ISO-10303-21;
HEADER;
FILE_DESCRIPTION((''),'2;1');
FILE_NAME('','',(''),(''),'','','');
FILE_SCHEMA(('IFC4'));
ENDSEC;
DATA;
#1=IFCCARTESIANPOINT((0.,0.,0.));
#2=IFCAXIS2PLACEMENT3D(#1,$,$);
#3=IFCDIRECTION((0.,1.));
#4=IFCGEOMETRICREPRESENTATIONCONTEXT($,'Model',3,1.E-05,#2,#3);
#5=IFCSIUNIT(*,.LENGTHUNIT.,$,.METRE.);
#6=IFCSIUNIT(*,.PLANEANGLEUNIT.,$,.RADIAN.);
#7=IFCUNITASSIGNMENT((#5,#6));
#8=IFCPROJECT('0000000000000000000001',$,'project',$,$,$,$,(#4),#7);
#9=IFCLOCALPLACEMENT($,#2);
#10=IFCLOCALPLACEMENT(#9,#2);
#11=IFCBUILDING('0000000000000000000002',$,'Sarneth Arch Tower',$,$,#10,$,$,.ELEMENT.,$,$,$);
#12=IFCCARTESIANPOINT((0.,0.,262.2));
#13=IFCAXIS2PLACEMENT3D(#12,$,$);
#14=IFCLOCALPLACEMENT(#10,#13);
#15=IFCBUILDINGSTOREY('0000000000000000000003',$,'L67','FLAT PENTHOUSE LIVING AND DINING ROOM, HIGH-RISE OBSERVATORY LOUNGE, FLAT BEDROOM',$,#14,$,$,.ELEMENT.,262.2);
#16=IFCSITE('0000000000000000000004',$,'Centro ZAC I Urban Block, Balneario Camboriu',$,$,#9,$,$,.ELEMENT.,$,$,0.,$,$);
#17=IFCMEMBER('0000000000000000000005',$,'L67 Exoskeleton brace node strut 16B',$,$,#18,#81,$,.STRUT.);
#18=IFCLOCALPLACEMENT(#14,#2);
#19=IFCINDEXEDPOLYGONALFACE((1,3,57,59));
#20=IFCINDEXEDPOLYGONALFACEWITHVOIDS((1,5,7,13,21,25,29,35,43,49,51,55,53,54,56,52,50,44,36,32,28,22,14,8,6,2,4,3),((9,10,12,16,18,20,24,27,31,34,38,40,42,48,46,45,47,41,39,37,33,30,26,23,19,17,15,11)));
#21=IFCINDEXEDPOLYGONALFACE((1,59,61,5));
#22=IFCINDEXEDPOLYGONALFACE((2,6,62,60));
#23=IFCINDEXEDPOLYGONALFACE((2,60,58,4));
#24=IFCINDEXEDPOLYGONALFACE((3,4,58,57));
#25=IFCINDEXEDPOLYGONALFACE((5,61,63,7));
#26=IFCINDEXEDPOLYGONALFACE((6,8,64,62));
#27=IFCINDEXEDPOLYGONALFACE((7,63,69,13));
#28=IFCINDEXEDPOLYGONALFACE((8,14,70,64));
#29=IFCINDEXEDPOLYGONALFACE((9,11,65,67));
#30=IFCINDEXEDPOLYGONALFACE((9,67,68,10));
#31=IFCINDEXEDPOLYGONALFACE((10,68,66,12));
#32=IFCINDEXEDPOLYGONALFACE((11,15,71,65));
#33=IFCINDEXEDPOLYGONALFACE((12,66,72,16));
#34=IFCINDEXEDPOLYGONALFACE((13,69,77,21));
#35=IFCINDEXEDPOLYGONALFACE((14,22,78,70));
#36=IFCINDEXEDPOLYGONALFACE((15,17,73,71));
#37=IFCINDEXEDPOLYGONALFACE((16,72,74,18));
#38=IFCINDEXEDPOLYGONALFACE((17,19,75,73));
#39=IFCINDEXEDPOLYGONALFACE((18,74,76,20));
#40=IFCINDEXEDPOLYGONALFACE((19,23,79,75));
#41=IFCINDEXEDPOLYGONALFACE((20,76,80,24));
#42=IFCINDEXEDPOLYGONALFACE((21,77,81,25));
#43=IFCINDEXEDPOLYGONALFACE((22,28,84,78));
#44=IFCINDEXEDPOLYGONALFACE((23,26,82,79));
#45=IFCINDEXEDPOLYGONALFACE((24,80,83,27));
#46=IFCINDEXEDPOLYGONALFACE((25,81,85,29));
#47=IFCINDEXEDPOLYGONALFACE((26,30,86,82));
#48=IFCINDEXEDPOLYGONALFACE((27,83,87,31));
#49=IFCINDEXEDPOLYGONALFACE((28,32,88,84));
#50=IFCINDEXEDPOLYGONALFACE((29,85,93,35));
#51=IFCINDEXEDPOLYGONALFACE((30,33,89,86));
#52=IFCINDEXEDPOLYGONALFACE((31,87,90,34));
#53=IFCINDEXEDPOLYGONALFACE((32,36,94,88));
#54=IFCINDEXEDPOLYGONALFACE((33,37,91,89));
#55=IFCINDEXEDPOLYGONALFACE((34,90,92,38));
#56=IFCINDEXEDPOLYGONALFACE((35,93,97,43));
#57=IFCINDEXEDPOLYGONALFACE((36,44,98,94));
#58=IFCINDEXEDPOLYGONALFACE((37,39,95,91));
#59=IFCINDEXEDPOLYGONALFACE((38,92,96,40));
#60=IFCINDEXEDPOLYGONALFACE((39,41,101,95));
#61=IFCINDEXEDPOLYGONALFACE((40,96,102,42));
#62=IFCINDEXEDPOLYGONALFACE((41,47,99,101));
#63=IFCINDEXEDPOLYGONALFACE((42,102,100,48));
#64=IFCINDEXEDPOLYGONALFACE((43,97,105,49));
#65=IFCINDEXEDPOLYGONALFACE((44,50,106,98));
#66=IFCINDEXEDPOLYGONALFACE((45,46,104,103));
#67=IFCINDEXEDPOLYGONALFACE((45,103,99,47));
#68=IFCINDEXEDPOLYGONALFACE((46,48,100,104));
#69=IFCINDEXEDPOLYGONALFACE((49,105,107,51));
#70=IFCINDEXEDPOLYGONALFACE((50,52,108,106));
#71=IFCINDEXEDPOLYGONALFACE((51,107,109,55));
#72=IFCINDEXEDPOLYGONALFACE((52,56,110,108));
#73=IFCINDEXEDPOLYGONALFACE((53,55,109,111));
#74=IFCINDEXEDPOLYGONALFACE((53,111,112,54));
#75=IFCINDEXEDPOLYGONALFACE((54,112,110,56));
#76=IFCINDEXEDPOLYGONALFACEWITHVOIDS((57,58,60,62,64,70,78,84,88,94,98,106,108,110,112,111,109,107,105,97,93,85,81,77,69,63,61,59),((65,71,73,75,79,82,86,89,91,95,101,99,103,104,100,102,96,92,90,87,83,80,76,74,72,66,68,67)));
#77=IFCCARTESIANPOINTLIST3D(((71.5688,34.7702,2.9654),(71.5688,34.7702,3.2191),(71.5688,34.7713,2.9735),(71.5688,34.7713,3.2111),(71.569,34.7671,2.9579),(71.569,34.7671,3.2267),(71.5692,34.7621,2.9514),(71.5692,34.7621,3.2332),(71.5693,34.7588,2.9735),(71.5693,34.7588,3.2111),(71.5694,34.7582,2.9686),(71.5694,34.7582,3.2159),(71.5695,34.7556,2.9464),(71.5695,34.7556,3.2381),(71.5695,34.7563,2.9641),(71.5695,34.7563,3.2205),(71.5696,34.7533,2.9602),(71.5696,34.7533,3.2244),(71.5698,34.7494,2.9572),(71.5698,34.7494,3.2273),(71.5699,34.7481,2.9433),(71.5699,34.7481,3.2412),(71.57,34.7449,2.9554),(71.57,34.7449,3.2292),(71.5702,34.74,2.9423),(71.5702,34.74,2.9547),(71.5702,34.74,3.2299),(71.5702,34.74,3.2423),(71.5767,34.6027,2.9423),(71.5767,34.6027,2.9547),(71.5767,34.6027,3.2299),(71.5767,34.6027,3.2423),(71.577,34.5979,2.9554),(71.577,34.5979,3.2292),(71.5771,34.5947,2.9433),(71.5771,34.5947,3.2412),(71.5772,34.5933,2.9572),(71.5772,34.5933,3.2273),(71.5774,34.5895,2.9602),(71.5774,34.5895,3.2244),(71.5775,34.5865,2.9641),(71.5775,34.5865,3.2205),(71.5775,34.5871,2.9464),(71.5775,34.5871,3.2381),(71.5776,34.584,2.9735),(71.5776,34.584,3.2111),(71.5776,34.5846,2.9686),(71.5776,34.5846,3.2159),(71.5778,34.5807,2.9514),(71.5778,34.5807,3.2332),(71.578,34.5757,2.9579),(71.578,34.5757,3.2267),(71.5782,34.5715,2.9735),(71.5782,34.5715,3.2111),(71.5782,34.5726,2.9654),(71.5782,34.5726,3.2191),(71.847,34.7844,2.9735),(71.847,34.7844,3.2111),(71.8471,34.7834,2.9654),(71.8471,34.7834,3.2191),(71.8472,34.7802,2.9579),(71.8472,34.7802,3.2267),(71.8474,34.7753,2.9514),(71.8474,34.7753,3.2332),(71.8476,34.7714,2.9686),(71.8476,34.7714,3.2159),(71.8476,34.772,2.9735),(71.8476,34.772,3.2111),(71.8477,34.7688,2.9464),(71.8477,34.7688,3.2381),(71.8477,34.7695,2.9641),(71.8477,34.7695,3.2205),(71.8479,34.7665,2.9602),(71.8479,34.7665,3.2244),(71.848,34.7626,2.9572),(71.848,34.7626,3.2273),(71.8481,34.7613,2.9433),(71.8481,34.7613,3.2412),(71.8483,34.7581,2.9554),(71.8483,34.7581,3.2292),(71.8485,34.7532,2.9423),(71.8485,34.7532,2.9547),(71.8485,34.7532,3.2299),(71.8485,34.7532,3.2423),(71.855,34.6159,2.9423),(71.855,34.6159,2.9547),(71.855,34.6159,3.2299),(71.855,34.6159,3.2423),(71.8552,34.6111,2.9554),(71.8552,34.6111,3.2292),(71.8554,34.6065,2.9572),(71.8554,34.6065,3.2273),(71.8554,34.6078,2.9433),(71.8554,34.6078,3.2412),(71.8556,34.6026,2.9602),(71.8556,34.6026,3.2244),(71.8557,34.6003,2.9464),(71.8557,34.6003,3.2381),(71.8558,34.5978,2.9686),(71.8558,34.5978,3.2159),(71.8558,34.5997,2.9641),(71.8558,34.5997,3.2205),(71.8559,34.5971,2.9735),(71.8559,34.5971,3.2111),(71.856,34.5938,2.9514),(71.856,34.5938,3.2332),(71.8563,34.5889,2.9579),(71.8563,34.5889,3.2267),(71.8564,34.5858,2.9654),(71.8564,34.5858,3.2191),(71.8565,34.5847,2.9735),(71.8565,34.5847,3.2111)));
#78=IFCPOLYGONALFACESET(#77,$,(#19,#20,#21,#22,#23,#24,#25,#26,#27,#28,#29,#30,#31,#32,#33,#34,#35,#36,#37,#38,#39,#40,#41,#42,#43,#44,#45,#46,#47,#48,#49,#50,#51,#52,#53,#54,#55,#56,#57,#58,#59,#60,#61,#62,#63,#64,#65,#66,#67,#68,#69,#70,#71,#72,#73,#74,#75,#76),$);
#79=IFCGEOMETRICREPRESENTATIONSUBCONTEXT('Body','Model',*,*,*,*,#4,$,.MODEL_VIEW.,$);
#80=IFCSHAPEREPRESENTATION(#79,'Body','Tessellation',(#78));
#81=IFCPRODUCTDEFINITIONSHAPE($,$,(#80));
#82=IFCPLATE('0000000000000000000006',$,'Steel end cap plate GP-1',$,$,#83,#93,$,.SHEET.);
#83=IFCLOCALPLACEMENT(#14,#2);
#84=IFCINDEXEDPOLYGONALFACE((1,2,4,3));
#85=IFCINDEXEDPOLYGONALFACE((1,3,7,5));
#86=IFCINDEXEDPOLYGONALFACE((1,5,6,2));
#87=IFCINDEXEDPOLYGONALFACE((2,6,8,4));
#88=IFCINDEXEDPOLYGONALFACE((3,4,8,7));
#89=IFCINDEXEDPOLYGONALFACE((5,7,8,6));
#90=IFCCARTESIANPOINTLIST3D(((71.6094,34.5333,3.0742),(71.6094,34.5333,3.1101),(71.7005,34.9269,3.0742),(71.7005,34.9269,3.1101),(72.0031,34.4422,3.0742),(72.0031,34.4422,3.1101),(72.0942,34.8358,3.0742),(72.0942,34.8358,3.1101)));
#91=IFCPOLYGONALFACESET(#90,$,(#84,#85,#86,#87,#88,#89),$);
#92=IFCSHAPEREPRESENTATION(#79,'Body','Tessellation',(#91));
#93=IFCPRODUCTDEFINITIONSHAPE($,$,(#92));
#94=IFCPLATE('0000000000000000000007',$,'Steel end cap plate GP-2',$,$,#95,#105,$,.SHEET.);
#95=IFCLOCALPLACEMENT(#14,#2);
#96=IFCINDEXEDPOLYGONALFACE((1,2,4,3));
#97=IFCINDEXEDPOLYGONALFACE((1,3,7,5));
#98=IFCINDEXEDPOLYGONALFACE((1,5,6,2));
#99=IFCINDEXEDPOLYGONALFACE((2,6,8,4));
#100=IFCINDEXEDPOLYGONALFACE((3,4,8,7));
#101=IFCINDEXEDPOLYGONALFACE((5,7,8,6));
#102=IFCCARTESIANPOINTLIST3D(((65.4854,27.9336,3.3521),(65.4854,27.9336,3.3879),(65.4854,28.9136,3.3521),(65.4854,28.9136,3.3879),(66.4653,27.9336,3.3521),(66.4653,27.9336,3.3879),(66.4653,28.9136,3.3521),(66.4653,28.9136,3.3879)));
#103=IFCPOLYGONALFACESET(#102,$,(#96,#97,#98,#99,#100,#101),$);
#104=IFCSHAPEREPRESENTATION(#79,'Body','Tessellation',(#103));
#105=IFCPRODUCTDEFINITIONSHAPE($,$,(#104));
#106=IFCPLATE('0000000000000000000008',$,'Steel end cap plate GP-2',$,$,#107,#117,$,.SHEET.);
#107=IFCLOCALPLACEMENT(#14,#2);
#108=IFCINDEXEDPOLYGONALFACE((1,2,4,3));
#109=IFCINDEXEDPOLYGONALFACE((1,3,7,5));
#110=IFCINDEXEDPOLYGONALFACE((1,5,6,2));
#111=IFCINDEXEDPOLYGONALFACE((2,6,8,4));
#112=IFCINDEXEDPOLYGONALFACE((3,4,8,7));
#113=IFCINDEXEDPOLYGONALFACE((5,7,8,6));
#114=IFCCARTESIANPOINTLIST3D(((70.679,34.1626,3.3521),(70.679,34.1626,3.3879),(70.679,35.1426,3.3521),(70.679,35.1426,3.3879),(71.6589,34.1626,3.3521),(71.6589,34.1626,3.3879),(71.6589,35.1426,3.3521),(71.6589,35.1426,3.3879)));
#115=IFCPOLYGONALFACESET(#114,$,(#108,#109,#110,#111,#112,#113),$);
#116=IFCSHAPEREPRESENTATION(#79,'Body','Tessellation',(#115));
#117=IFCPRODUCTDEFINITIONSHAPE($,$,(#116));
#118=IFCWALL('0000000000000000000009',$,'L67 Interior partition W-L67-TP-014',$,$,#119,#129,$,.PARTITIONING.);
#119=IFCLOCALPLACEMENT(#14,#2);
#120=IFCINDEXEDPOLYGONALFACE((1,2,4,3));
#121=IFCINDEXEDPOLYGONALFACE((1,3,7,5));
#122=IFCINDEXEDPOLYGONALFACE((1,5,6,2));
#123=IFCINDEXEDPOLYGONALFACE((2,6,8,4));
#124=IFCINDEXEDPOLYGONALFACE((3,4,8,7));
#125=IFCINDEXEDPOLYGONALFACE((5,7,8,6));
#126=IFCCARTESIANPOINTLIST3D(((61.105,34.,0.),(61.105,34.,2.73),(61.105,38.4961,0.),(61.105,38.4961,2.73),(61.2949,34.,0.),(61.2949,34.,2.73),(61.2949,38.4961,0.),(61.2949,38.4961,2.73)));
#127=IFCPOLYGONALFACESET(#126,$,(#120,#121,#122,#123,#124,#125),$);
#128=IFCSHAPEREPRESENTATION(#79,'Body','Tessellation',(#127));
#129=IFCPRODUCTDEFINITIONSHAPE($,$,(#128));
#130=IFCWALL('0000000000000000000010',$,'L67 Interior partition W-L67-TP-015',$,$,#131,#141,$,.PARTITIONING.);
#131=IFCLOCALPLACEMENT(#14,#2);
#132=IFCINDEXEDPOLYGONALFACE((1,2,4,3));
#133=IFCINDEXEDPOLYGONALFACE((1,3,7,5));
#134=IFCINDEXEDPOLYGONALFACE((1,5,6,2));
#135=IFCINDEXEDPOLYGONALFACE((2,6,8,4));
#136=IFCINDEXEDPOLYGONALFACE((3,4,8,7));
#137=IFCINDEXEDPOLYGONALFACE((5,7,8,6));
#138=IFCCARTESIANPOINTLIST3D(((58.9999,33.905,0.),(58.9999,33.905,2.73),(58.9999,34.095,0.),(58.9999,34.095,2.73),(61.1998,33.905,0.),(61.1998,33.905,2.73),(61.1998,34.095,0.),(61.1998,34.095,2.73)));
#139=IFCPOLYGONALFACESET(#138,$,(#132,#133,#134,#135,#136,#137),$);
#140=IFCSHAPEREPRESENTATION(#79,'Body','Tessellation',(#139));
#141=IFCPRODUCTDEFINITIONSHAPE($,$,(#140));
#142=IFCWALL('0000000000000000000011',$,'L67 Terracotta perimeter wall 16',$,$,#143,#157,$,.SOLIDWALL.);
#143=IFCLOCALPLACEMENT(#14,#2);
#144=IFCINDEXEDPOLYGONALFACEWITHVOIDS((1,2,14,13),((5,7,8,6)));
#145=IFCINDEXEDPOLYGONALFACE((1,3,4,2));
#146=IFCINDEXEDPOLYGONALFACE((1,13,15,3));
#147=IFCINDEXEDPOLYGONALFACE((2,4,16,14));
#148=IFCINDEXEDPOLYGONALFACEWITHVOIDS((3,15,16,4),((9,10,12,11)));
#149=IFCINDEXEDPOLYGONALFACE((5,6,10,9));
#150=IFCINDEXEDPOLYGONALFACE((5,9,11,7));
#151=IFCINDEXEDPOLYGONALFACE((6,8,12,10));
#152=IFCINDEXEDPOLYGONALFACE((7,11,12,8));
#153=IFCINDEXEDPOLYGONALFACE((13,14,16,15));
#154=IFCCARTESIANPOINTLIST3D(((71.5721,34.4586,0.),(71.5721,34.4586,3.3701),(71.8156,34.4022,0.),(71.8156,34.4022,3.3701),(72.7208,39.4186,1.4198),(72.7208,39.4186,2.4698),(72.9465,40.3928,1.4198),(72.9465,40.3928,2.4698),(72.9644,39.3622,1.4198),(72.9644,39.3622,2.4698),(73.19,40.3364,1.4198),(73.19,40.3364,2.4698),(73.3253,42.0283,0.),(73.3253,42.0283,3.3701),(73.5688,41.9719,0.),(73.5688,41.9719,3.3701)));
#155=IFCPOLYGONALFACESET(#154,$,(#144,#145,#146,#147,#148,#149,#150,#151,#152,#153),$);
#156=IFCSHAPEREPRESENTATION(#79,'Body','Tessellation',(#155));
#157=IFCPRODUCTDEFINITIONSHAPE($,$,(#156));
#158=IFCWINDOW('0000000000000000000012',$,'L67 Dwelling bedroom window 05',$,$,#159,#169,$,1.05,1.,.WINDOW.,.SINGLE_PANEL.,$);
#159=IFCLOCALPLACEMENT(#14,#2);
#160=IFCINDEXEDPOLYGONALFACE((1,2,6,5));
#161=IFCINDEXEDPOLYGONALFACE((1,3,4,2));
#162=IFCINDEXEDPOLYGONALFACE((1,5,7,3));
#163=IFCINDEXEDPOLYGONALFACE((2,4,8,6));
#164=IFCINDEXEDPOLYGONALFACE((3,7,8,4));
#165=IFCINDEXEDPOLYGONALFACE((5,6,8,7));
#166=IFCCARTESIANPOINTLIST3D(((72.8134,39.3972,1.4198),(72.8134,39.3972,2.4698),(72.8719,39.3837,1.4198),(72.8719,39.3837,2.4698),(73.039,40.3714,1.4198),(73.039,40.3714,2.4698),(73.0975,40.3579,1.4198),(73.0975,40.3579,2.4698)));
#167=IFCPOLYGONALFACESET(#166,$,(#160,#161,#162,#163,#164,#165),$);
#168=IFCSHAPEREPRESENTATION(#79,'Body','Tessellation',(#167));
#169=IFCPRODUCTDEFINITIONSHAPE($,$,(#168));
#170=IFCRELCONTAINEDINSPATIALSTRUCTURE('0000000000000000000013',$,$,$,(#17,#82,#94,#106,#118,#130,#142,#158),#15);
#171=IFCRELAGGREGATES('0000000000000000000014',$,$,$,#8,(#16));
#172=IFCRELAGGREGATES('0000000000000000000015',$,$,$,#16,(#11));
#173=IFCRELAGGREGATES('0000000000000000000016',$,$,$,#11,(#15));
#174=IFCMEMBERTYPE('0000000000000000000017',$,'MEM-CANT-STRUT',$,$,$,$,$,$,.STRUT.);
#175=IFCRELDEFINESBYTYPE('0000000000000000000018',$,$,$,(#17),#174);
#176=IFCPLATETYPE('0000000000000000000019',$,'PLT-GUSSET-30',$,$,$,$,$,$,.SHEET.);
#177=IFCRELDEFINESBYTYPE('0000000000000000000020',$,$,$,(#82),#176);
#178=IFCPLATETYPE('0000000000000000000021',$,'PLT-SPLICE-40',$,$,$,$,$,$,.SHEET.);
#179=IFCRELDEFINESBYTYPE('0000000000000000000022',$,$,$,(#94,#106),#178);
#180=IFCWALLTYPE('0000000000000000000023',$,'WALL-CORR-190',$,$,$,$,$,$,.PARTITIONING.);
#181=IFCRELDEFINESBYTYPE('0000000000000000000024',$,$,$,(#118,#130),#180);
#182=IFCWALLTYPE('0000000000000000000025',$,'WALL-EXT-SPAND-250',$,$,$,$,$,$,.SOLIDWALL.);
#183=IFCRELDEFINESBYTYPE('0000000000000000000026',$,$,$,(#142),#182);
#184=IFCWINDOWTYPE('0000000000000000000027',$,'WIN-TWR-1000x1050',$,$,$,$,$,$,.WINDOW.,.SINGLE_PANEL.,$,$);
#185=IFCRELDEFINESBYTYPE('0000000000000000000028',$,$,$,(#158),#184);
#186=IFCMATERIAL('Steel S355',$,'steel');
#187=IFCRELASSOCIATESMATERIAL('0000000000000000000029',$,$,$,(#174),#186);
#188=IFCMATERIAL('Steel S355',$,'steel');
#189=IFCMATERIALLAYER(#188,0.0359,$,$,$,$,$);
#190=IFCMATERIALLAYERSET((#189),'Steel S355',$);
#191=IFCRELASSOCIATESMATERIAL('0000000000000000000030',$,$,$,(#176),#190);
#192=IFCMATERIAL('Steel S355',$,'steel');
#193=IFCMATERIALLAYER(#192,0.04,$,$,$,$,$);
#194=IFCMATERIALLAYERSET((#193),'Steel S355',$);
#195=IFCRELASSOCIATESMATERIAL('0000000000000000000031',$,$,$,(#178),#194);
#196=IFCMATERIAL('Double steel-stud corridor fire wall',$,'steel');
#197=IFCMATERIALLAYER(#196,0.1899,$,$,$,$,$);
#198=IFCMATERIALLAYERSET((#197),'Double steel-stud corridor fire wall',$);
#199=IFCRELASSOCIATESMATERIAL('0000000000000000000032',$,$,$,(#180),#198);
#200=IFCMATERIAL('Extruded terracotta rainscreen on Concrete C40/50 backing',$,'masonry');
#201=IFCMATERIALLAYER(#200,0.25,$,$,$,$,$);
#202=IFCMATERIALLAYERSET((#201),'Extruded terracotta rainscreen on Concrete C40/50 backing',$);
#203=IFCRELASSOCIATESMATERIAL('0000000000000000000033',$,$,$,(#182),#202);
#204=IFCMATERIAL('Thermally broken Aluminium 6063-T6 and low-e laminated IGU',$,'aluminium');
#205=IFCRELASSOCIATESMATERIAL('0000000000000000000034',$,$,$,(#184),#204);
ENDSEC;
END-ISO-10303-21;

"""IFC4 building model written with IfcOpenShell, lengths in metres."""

from ifc_helpers import new_model, si_unit, direction, frame, frame_2d, origin, origin_2d, place, context, subcontext, project, spatial, rectangle, hollow_rectangle, extrude, material, layer, layer_set, material_profile, profile_set, type_object, element, fill, save


model = new_model("IFC4")

# Units and contexts
model_context = context("Model", 3, precision=1e-05, world=origin(), true_north=direction((0.0, 1.0)))
body_context = subcontext(model_context, "Body", "Model", "MODEL_VIEW")
ifc_project = project(units=[si_unit("LENGTHUNIT", "METRE"), si_unit("PLANEANGLEUNIT", "RADIAN")], contexts=[model_context])

# Site, building, storey
site_placement = place(None, origin())
site = spatial("IfcSite", under=ifc_project, at=site_placement, Name="Centro ZAC I Urban Block, Balneario Camboriu", CompositionType="ELEMENT", RefElevation=0.0)
building_placement = place(site_placement, origin())
building = spatial("IfcBuilding", under=site, at=building_placement, Name="Sarneth Arch Tower", CompositionType="ELEMENT")
storey_placement = place(building_placement, frame((0.0, 0.0, 262.2)))
storey = spatial("IfcBuildingStorey", under=building, at=storey_placement, Name="L67", Description="FLAT PENTHOUSE LIVING AND DINING ROOM, HIGH-RISE OBSERVATORY LOUNGE, FLAT BEDROOM", CompositionType="ELEMENT", Elevation=262.2)

# Member
ifc_material_1 = material(Name="Steel S355", Category="steel")
ifc_material_profile_1 = material_profile(ifc_material_1, hollow_rectangle(XDim=0.2, YDim=0.3, WallThickness=0.0125, InnerFilletRadius=0.0188, OuterFilletRadius=0.0312, at=origin_2d()), Name="RHS300x200x12.5")
ifc_profile_set_1 = profile_set([ifc_material_profile_1], Name="Steel S355")
member_type = type_object("IfcMemberType", Name="MEM-CANT-STRUT", PredefinedType="STRUT", material=ifc_profile_set_1)
member_placement = place(storey_placement, frame((71.5735, 34.6714, 3.0923), z_axis=(0.99888, 0.047315, 0.0), x_axis=(-0.047315, 0.99888, 0.0)))
element("IfcMember", 1, at=member_placement, inside=storey, type_object=member_type, Name="L67 Exoskeleton brace node strut 16B", PredefinedType="STRUT", context=body_context, shape_type="SweptSolid", body=[
    extrude(hollow_rectangle(XDim=0.2, YDim=0.3, WallThickness=0.0125, InnerFilletRadius=0.0188, OuterFilletRadius=0.0312, at=origin_2d()), origin(), (0.0, 0.0, 1.0), 0.2786),
])

# Plates
ifc_material_2 = material(Name="Steel S355", Category="steel")
ifc_layer_1 = layer(ifc_material_2, 0.0359)
ifc_layer_set_1 = layer_set([ifc_layer_1], Name="Steel S355")
plate_type_1 = type_object("IfcPlateType", Name="PLT-GUSSET-30", PredefinedType="SHEET", material=ifc_layer_set_1)
plate_placement = place(storey_placement, frame((71.8518, 34.6846, 3.0742), z_axis=(0.0, 0.0, 1.0), x_axis=(0.225461, 0.974252, 0.0)))
element("IfcPlate", 2, at=plate_placement, inside=storey, type_object=plate_type_1, Name="Steel end cap plate GP-1", PredefinedType="SHEET", context=body_context, shape_type="SweptSolid", body=[
    extrude(rectangle(XDim=0.4041, YDim=0.4041, at=origin_2d()), origin(), (0.0, 0.0, 1.0), 0.0359),
])
ifc_material_3 = material(Name="Steel S355", Category="steel")
ifc_layer_2 = layer(ifc_material_3, 0.04)
ifc_layer_set_2 = layer_set([ifc_layer_2], Name="Steel S355")
plate_type_2 = type_object("IfcPlateType", Name="PLT-SPLICE-40", PredefinedType="SHEET", material=ifc_layer_set_2)
for number, where, z_axis, x_axis, name in (
    (3, (65.9753, 28.4236, 3.3521), (0.0, 0.0, 1.0), (1.0, 0.0, 0.0), "Steel end cap plate GP-2"),
    (4, (71.1689, 34.6526, 3.3521), (0.0, 0.0, 1.0), (1.0, 0.0, 0.0), "Steel end cap plate GP-2"),
):
    element("IfcPlate", number, at=place(storey_placement, frame(where, z_axis=z_axis, x_axis=x_axis)), inside=storey, type_object=plate_type_2, Name=name, PredefinedType="SHEET", context=body_context, shape_type="SweptSolid", body=[
        extrude(rectangle(XDim=0.98, YDim=0.98, at=origin_2d()), origin(), (0.0, 0.0, 1.0), 0.0359),
    ])

# Walls
ifc_material_4 = material(Name="Double steel-stud corridor fire wall", Category="steel")
ifc_layer_3 = layer(ifc_material_4, 0.1899)
ifc_layer_set_3 = layer_set([ifc_layer_3], Name="Double steel-stud corridor fire wall")
wall_type_1 = type_object("IfcWallType", Name="WALL-CORR-190", PredefinedType="PARTITIONING", material=ifc_layer_set_3)
wall_1_placement = place(storey_placement, frame((61.2, 38.4961, 0.0), z_axis=(0.0, 0.0, 1.0), x_axis=(0.0, -1.0, 0.0)))
element("IfcWall", 5, at=wall_1_placement, inside=storey, type_object=wall_type_1, Name="L67 Interior partition W-L67-TP-014", PredefinedType="PARTITIONING", context=body_context, shape_type="SweptSolid", body=[
    extrude(rectangle(XDim=4.4961, YDim=0.1899, at=frame_2d((2.248, 0.0))), origin(), (0.0, 0.0, 1.0), 2.73),
])
wall_2_placement = place(storey_placement, frame((61.2, 34.0, 0.0), z_axis=(0.0, 0.0, 1.0), x_axis=(-1.0, 0.0, 0.0)))
element("IfcWall", 6, at=wall_2_placement, inside=storey, type_object=wall_type_1, Name="L67 Interior partition W-L67-TP-015", PredefinedType="PARTITIONING", context=body_context, shape_type="SweptSolid", body=[
    extrude(rectangle(XDim=2.2, YDim=0.1899, at=frame_2d((1.1001, 0.0))), origin(), (0.0, 0.0, 1.0), 2.73),
])

# Wall, opening, window
ifc_material_5 = material(Name="Extruded terracotta rainscreen on Concrete C40/50 backing", Category="masonry")
ifc_layer_4 = layer(ifc_material_5, 0.25)
ifc_layer_set_4 = layer_set([ifc_layer_4], Name="Extruded terracotta rainscreen on Concrete C40/50 backing")
wall_type_2 = type_object("IfcWallType", Name="WALL-EXT-SPAND-250", PredefinedType="SOLIDWALL", material=ifc_layer_set_4)
wall_3_placement = place(storey_placement, frame((71.6938, 34.4304, 0.0), z_axis=(0.0, 0.0, 1.0), x_axis=(0.225635, 0.974212, 0.0)))
wall_3 = element("IfcWall", 7, at=wall_3_placement, inside=storey, type_object=wall_type_2, Name="L67 Terracotta perimeter wall 16", PredefinedType="SOLIDWALL", context=body_context, shape_type="SweptSolid", body=[
    extrude(rectangle(XDim=7.77, YDim=0.25, at=frame_2d((3.885, 0.0))), origin(), (0.0, 0.0, 1.0), 3.3701),
])
opening_1_placement = place(wall_3_placement, frame((5.0913, 0.0, 1.4199)))
opening_1 = element("IfcOpeningElement", 8, at=opening_1_placement, cuts=wall_3, PredefinedType="OPENING", context=body_context, shape_type="SweptSolid", body=[
    extrude(rectangle(XDim=1.0, YDim=1.05, at=frame_2d((0.5, 0.5249))), frame((0.0, 0.135, 0.0), z_axis=(0.0, -1.0, 0.0), x_axis=(1.0, 0.0, 0.0)), (0.0, 0.0, 1.0), 0.27),
])
ifc_material_6 = material(Name="Thermally broken Aluminium 6063-T6 and low-e laminated IGU", Category="aluminium")
window_type = type_object("IfcWindowType", Name="WIN-TWR-1000x1050", PartitioningType="SINGLE_PANEL", PredefinedType="WINDOW", material=ifc_material_6)
window_placement = place(opening_1_placement, origin())
window = element("IfcWindow", 9, at=window_placement, inside=storey, type_object=window_type, Name="L67 Dwelling bedroom window 05", OverallHeight=1.05, OverallWidth=1.0, PartitioningType="SINGLE_PANEL", PredefinedType="WINDOW", context=body_context, shape_type="SweptSolid", body=[
    extrude(rectangle(XDim=1.0, YDim=1.05, at=frame_2d((0.5, 0.5249))), frame((0.0, 0.03, 0.0), z_axis=(0.0, -1.0, 0.0), x_axis=(1.0, 0.0, 0.0)), (0.0, 0.0, 1.0), 0.0601),
])
fill(opening_1, window)

save(model, "model.ifc")
